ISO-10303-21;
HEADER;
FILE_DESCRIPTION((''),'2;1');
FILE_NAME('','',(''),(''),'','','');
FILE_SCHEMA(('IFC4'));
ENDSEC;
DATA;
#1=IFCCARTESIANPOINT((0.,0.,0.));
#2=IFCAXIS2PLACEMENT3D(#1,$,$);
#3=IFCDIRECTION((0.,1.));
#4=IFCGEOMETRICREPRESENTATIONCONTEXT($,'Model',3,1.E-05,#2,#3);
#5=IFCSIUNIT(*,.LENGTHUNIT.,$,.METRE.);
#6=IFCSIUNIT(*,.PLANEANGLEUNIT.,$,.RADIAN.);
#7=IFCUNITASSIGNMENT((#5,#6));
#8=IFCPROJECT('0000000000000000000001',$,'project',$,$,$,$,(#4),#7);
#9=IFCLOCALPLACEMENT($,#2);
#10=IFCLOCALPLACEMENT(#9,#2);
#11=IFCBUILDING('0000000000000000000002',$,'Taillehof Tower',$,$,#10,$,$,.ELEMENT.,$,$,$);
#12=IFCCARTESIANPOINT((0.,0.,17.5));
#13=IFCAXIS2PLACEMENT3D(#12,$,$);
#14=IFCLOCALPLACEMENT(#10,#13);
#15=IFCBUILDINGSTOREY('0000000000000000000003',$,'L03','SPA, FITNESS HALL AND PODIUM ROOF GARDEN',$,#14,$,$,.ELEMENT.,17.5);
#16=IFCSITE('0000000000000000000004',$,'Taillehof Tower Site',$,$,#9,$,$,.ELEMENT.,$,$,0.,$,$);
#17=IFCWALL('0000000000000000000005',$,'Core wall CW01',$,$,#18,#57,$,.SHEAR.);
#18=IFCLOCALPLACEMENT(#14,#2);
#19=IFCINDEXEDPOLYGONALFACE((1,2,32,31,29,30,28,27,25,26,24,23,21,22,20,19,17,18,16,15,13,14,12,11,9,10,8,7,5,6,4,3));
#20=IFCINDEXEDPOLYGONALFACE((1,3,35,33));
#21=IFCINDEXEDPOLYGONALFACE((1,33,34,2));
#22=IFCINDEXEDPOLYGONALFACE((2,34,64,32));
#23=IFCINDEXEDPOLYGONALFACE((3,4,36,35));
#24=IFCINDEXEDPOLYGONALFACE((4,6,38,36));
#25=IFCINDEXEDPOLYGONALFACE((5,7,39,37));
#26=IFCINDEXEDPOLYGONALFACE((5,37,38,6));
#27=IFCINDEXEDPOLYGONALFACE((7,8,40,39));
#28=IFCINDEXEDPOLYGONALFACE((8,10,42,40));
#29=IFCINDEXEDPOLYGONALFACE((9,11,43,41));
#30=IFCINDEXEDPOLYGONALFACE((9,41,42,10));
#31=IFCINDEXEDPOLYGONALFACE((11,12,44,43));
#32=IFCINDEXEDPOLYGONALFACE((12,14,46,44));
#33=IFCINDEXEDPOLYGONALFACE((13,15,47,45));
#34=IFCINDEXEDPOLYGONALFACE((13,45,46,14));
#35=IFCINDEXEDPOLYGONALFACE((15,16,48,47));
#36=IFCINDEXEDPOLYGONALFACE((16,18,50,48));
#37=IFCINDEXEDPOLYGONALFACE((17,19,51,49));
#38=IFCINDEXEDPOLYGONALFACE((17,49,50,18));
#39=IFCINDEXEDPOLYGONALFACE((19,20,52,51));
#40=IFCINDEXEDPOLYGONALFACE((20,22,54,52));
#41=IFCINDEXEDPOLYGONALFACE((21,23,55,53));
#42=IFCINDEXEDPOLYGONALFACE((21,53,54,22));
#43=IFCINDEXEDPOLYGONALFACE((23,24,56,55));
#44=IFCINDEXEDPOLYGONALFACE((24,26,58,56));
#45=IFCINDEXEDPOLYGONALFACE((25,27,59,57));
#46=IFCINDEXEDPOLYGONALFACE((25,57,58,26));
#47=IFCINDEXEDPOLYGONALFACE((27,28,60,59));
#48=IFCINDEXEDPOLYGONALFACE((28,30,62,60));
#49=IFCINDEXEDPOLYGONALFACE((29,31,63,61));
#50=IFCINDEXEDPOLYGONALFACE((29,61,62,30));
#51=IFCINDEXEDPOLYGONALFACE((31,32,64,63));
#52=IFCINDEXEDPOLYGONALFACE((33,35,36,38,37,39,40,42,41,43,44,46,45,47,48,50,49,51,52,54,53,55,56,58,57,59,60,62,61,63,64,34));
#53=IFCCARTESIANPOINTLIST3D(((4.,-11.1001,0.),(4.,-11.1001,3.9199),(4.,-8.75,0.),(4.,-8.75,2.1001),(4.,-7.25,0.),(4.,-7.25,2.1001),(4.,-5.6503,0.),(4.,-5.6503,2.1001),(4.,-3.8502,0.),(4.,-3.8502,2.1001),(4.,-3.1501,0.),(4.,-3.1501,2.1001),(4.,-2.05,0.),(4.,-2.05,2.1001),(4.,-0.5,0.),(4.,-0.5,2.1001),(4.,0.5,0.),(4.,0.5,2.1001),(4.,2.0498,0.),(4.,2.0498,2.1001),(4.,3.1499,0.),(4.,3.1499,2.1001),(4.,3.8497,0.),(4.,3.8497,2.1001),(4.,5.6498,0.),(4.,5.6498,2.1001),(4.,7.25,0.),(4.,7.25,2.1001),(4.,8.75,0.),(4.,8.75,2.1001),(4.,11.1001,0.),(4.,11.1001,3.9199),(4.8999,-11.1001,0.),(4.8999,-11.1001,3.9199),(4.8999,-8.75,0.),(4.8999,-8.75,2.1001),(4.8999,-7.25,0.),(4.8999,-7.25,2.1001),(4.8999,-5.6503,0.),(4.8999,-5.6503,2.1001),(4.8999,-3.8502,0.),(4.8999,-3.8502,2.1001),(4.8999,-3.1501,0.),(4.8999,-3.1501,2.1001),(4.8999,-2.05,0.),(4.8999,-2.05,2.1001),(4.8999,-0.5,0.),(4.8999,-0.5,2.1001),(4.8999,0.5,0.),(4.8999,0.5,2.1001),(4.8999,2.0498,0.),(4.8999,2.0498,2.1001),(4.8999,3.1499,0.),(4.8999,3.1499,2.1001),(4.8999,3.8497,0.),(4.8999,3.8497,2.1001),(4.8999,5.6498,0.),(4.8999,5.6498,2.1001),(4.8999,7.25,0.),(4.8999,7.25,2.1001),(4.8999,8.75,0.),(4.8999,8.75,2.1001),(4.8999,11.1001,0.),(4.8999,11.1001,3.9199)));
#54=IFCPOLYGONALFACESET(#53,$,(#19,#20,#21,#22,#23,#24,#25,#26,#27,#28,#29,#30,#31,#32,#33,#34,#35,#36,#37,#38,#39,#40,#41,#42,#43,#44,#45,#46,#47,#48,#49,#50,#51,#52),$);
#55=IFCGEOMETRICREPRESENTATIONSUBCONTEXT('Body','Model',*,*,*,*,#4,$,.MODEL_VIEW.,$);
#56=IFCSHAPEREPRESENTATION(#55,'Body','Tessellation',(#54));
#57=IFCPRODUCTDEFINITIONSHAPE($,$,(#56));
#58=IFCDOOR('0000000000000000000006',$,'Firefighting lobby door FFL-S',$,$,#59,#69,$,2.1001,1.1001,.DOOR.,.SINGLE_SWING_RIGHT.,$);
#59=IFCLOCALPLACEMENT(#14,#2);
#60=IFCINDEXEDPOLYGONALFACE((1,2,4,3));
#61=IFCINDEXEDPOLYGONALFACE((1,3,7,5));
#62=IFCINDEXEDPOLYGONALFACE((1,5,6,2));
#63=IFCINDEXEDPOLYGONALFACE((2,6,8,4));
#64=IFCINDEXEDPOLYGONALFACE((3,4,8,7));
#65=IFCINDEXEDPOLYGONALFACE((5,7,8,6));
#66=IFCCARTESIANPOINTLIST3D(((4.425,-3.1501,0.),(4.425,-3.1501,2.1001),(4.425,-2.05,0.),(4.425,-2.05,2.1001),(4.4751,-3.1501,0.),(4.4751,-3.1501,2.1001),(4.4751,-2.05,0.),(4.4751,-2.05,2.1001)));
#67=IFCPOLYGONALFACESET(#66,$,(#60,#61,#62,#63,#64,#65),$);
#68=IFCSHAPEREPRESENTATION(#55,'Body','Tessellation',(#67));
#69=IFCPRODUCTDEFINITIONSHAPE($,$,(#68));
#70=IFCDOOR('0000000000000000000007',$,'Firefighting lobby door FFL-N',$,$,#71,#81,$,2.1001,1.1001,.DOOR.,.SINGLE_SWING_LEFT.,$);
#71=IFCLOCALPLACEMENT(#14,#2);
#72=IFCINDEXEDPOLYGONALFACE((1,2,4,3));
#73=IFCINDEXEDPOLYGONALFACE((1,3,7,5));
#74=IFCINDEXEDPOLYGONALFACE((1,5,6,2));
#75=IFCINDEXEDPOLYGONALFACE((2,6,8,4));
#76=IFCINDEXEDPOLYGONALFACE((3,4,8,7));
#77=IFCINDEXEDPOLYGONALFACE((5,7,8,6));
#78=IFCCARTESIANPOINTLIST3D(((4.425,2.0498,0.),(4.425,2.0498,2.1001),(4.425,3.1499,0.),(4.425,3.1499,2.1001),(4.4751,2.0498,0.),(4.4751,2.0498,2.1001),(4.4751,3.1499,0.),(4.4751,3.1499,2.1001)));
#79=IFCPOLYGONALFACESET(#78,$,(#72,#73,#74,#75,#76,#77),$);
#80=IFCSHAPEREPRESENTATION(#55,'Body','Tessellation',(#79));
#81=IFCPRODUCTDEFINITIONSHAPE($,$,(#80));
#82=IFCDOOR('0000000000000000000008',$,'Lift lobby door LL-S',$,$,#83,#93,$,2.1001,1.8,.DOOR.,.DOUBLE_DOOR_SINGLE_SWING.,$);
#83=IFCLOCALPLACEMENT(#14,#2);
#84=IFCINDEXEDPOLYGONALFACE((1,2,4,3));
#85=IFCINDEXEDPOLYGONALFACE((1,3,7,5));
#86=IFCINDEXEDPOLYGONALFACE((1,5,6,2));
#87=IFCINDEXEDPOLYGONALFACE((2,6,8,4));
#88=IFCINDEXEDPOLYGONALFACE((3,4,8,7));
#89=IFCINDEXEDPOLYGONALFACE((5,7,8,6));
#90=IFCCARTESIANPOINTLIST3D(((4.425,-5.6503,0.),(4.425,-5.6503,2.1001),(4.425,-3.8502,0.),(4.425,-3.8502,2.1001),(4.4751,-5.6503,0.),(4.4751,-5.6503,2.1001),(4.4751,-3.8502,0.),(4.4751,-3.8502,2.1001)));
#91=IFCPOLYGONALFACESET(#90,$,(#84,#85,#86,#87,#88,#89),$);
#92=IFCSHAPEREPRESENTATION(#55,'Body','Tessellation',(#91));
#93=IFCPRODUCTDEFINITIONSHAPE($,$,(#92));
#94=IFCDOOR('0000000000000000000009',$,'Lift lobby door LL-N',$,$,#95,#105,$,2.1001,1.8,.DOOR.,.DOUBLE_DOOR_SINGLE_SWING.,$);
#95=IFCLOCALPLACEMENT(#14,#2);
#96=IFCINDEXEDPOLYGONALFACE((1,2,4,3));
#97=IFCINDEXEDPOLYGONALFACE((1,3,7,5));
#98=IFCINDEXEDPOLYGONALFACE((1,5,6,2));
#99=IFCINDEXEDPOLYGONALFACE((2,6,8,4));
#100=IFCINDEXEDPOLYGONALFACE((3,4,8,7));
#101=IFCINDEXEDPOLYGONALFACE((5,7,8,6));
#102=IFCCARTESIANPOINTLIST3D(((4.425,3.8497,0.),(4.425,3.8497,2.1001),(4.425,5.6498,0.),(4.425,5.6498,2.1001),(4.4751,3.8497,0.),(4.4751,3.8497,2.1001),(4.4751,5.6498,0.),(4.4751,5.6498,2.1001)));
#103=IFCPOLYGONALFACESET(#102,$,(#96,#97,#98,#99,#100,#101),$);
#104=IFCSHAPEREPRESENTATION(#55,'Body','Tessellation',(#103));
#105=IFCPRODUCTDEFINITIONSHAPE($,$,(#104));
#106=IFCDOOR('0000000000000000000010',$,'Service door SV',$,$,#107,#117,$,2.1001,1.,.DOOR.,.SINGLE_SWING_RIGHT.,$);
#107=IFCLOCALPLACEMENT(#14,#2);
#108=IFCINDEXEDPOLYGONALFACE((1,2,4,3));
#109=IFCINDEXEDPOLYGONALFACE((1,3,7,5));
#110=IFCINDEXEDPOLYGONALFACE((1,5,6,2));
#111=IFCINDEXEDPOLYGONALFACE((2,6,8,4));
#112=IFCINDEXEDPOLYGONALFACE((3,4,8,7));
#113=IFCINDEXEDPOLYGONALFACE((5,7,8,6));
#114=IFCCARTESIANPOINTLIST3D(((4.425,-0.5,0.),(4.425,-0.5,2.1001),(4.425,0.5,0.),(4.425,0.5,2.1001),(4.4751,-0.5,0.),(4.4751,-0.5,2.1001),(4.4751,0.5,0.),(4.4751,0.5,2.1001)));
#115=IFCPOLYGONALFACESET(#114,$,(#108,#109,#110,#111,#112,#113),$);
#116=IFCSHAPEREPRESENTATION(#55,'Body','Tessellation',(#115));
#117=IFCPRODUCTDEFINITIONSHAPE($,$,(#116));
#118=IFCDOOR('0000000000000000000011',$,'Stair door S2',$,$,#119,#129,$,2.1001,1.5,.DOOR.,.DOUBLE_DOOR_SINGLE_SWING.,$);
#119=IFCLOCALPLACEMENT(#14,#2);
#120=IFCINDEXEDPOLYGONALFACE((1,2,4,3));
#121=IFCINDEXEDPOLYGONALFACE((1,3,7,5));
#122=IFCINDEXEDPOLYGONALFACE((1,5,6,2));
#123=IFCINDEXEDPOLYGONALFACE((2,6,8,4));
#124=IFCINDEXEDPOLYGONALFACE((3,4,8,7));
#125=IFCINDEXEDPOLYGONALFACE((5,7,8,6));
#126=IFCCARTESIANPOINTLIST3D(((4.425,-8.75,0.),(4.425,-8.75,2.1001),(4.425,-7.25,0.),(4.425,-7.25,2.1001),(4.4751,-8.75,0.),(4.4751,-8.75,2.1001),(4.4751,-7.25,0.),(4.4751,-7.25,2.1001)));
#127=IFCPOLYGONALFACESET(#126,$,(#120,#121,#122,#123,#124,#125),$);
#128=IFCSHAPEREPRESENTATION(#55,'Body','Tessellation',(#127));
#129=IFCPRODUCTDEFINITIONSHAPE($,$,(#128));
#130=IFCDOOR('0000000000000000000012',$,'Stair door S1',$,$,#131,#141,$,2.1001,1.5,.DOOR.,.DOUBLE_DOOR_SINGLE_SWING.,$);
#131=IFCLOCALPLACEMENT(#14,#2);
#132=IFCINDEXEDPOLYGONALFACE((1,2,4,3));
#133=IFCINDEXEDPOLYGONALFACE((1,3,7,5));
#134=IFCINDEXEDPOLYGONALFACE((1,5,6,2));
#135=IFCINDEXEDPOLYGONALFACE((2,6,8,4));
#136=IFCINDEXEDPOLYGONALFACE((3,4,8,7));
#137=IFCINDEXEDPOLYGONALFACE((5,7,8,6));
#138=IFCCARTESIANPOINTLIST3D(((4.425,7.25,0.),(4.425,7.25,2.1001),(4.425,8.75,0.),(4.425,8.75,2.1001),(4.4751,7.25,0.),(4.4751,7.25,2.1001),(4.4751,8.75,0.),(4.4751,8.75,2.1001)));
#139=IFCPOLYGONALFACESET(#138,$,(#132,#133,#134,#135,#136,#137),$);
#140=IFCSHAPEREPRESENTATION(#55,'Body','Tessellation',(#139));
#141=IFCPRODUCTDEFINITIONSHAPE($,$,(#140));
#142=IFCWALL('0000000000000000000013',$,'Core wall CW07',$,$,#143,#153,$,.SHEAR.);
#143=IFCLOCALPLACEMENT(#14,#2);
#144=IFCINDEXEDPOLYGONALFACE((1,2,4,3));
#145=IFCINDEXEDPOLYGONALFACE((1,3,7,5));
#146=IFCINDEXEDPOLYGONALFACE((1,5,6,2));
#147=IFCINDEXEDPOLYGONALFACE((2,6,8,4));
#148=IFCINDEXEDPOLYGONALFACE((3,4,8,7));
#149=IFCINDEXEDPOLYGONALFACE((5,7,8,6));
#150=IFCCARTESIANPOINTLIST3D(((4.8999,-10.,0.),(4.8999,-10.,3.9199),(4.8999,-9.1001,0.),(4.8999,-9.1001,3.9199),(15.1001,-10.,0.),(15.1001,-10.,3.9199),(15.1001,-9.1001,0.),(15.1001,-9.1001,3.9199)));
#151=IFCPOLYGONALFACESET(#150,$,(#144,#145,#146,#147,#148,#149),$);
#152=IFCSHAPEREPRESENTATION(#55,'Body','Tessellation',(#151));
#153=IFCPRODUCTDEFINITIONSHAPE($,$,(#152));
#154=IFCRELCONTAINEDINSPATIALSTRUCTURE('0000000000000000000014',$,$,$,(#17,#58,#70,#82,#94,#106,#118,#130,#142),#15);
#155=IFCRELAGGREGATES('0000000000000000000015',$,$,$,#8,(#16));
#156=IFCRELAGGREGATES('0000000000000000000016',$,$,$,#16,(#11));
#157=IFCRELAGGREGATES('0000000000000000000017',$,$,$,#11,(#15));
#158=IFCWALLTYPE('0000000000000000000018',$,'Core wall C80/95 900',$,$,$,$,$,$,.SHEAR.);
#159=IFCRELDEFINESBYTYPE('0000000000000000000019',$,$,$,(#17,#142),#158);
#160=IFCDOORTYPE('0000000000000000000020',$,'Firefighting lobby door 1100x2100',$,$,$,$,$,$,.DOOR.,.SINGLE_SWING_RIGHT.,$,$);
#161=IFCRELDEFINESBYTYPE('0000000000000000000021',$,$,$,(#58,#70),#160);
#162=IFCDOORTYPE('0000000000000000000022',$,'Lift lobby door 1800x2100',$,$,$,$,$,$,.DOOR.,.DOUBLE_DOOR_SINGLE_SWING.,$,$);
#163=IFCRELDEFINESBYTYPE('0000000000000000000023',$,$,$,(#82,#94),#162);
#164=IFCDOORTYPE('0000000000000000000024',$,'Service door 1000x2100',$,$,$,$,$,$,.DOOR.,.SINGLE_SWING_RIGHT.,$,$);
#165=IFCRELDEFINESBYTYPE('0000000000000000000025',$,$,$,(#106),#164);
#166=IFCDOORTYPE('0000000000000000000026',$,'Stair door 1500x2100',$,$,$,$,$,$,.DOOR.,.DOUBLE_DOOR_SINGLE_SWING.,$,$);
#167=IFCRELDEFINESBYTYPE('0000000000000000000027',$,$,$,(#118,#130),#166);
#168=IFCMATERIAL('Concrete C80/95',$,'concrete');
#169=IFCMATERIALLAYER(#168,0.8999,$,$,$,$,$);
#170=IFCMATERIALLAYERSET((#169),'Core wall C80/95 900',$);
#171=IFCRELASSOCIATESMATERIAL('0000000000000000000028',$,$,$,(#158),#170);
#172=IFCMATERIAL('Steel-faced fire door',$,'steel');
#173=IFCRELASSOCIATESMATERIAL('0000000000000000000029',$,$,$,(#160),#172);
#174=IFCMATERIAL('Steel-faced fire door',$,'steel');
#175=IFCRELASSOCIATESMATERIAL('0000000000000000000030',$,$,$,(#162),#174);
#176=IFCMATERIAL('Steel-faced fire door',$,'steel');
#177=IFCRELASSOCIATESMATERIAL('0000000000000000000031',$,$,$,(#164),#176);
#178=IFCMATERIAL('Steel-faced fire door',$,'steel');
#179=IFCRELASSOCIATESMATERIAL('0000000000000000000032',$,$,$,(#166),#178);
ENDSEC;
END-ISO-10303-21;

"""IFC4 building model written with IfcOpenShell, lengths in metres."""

from ifc_helpers import new_model, si_unit, direction, frame, frame_2d, origin, place, context, subcontext, project, spatial, rectangle, extrude, material, layer, layer_set, type_object, element, fill, save


model = new_model("IFC4")

# Units and contexts
model_context = context("Model", 3, precision=1e-05, world=origin(), true_north=direction((0.0, 1.0)))
body_context = subcontext(model_context, "Body", "Model", "MODEL_VIEW")
ifc_project = project(units=[si_unit("LENGTHUNIT", "METRE"), si_unit("PLANEANGLEUNIT", "RADIAN")], contexts=[model_context])

# Site, building, storey
site_placement = place(None, origin())
site = spatial("IfcSite", under=ifc_project, at=site_placement, Name="Taillehof Tower Site", CompositionType="ELEMENT", RefElevation=0.0)
building_placement = place(site_placement, origin())
building = spatial("IfcBuilding", under=site, at=building_placement, Name="Taillehof Tower", CompositionType="ELEMENT")
storey_placement = place(building_placement, frame((0.0, 0.0, 17.5)))
storey = spatial("IfcBuildingStorey", under=building, at=storey_placement, Name="L03", Description="SPA, FITNESS HALL AND PODIUM ROOF GARDEN", CompositionType="ELEMENT", Elevation=17.5)

# Wall, openings, doors
ifc_material_1 = material(Name="Concrete C80/95", Category="concrete")
ifc_layer_1 = layer(ifc_material_1, 0.8999)
ifc_layer_set_1 = layer_set([ifc_layer_1], Name="Core wall C80/95 900")
wall_type_1 = type_object("IfcWallType", Name="Core wall C80/95 900", PredefinedType="SHEAR", material=ifc_layer_set_1)
wall_1_placement = place(storey_placement, frame((4.45, -11.1001, 0.0), z_axis=(0.0, 0.0, 1.0), x_axis=(0.0, 1.0, 0.0)))
wall_1 = element("IfcWall", 1, at=wall_1_placement, inside=storey, type_object=wall_type_1, Name="Core wall CW01", PredefinedType="SHEAR", context=body_context, shape_type="SweptSolid", body=[
    extrude(rectangle(XDim=22.2002, YDim=0.8999, at=frame_2d((11.1001, 0.0))), origin(), (0.0, 0.0, 1.0), 3.9199),
])
opening_1_placement = place(wall_1_placement, frame((2.3501, 0.0, 0.0)))
opening_1 = element("IfcOpeningElement", 2, at=opening_1_placement, cuts=wall_1, PredefinedType="OPENING", context=body_context, shape_type="SweptSolid", body=[
    extrude(rectangle(XDim=1.5, YDim=2.1001, at=frame_2d((0.75, 1.05))), frame((0.0, 0.46, 0.0), z_axis=(0.0, -1.0, 0.0), x_axis=(1.0, 0.0, 0.0)), (0.0, 0.0, 1.0), 0.9199),
])
opening_2_placement = place(wall_1_placement, frame((5.45, 0.0, 0.0)))
opening_2 = element("IfcOpeningElement", 3, at=opening_2_placement, cuts=wall_1, PredefinedType="OPENING", context=body_context, shape_type="SweptSolid", body=[
    extrude(rectangle(XDim=1.8, YDim=2.1001, at=frame_2d((0.8999, 1.05))), frame((0.0, 0.46, 0.0), z_axis=(0.0, -1.0, 0.0), x_axis=(1.0, 0.0, 0.0)), (0.0, 0.0, 1.0), 0.9199),
])
opening_3_placement = place(wall_1_placement, frame((7.95, 0.0, 0.0)))
opening_3 = element("IfcOpeningElement", 4, at=opening_3_placement, cuts=wall_1, PredefinedType="OPENING", context=body_context, shape_type="SweptSolid", body=[
    extrude(rectangle(XDim=1.1001, YDim=2.1001, at=frame_2d((0.55, 1.05))), frame((0.0, 0.46, 0.0), z_axis=(0.0, -1.0, 0.0), x_axis=(1.0, 0.0, 0.0)), (0.0, 0.0, 1.0), 0.9199),
])
opening_4_placement = place(wall_1_placement, frame((10.6001, 0.0, 0.0)))
opening_4 = element("IfcOpeningElement", 5, at=opening_4_placement, cuts=wall_1, PredefinedType="OPENING", context=body_context, shape_type="SweptSolid", body=[
    extrude(rectangle(XDim=1.0, YDim=2.1001, at=frame_2d((0.5, 1.05))), frame((0.0, 0.46, 0.0), z_axis=(0.0, -1.0, 0.0), x_axis=(1.0, 0.0, 0.0)), (0.0, 0.0, 1.0), 0.9199),
])
opening_5_placement = place(wall_1_placement, frame((13.1499, 0.0, 0.0)))
opening_5 = element("IfcOpeningElement", 6, at=opening_5_placement, cuts=wall_1, PredefinedType="OPENING", context=body_context, shape_type="SweptSolid", body=[
    extrude(rectangle(XDim=1.1001, YDim=2.1001, at=frame_2d((0.55, 1.05))), frame((0.0, 0.46, 0.0), z_axis=(0.0, -1.0, 0.0), x_axis=(1.0, 0.0, 0.0)), (0.0, 0.0, 1.0), 0.9199),
])
opening_6_placement = place(wall_1_placement, frame((14.95, 0.0, 0.0)))
opening_6 = element("IfcOpeningElement", 7, at=opening_6_placement, cuts=wall_1, PredefinedType="OPENING", context=body_context, shape_type="SweptSolid", body=[
    extrude(rectangle(XDim=1.8, YDim=2.1001, at=frame_2d((0.8999, 1.05))), frame((0.0, 0.46, 0.0), z_axis=(0.0, -1.0, 0.0), x_axis=(1.0, 0.0, 0.0)), (0.0, 0.0, 1.0), 0.9199),
])
opening_7_placement = place(wall_1_placement, frame((18.3501, 0.0, 0.0)))
opening_7 = element("IfcOpeningElement", 8, at=opening_7_placement, cuts=wall_1, PredefinedType="OPENING", context=body_context, shape_type="SweptSolid", body=[
    extrude(rectangle(XDim=1.5, YDim=2.1001, at=frame_2d((0.75, 1.05))), frame((0.0, 0.46, 0.0), z_axis=(0.0, -1.0, 0.0), x_axis=(1.0, 0.0, 0.0)), (0.0, 0.0, 1.0), 0.9199),
])
ifc_material_2 = material(Name="Steel-faced fire door", Category="steel")
door_type_1 = type_object("IfcDoorType", Name="Firefighting lobby door 1100x2100", OperationType="SINGLE_SWING_RIGHT", PredefinedType="DOOR", material=ifc_material_2)
door_1_placement = place(opening_3_placement, origin())
door_1 = element("IfcDoor", 9, at=door_1_placement, inside=storey, type_object=door_type_1, Name="Firefighting lobby door FFL-S", OperationType="SINGLE_SWING_RIGHT", OverallHeight=2.1001, OverallWidth=1.1001, PredefinedType="DOOR", context=body_context, shape_type="SweptSolid", body=[
    extrude(rectangle(XDim=1.1001, YDim=2.1001, at=frame_2d((0.55, 1.05))), frame((0.0, 0.0249, 0.0), z_axis=(0.0, -1.0, 0.0), x_axis=(1.0, 0.0, 0.0)), (0.0, 0.0, 1.0), 0.05),
])
fill(opening_3, door_1)
door_2_placement = place(opening_5_placement, origin())
door_2 = element("IfcDoor", 10, at=door_2_placement, inside=storey, type_object=door_type_1, Name="Firefighting lobby door FFL-N", OperationType="SINGLE_SWING_LEFT", OverallHeight=2.1001, OverallWidth=1.1001, PredefinedType="DOOR", context=body_context, shape_type="SweptSolid", body=[
    extrude(rectangle(XDim=1.1001, YDim=2.1001, at=frame_2d((0.55, 1.05))), frame((0.0, 0.0249, 0.0), z_axis=(0.0, -1.0, 0.0), x_axis=(1.0, 0.0, 0.0)), (0.0, 0.0, 1.0), 0.05),
])
fill(opening_5, door_2)
ifc_material_3 = material(Name="Steel-faced fire door", Category="steel")
door_type_2 = type_object("IfcDoorType", Name="Lift lobby door 1800x2100", OperationType="DOUBLE_DOOR_SINGLE_SWING", PredefinedType="DOOR", material=ifc_material_3)
door_3_placement = place(opening_2_placement, origin())
door_3 = element("IfcDoor", 11, at=door_3_placement, inside=storey, type_object=door_type_2, Name="Lift lobby door LL-S", OperationType="DOUBLE_DOOR_SINGLE_SWING", OverallHeight=2.1001, OverallWidth=1.8, PredefinedType="DOOR", context=body_context, shape_type="SweptSolid", body=[
    extrude(rectangle(XDim=1.8, YDim=2.1001, at=frame_2d((0.8999, 1.05))), frame((0.0, 0.0249, 0.0), z_axis=(0.0, -1.0, 0.0), x_axis=(1.0, 0.0, 0.0)), (0.0, 0.0, 1.0), 0.05),
])
fill(opening_2, door_3)
door_4_placement = place(opening_6_placement, origin())
door_4 = element("IfcDoor", 12, at=door_4_placement, inside=storey, type_object=door_type_2, Name="Lift lobby door LL-N", OperationType="DOUBLE_DOOR_SINGLE_SWING", OverallHeight=2.1001, OverallWidth=1.8, PredefinedType="DOOR", context=body_context, shape_type="SweptSolid", body=[
    extrude(rectangle(XDim=1.8, YDim=2.1001, at=frame_2d((0.8999, 1.05))), frame((0.0, 0.0249, 0.0), z_axis=(0.0, -1.0, 0.0), x_axis=(1.0, 0.0, 0.0)), (0.0, 0.0, 1.0), 0.05),
])
fill(opening_6, door_4)
ifc_material_4 = material(Name="Steel-faced fire door", Category="steel")
door_type_3 = type_object("IfcDoorType", Name="Service door 1000x2100", OperationType="SINGLE_SWING_RIGHT", PredefinedType="DOOR", material=ifc_material_4)
door_5_placement = place(opening_4_placement, origin())
door_5 = element("IfcDoor", 13, at=door_5_placement, inside=storey, type_object=door_type_3, Name="Service door SV", OperationType="SINGLE_SWING_RIGHT", OverallHeight=2.1001, OverallWidth=1.0, PredefinedType="DOOR", context=body_context, shape_type="SweptSolid", body=[
    extrude(rectangle(XDim=1.0, YDim=2.1001, at=frame_2d((0.5, 1.05))), frame((0.0, 0.0249, 0.0), z_axis=(0.0, -1.0, 0.0), x_axis=(1.0, 0.0, 0.0)), (0.0, 0.0, 1.0), 0.05),
])
fill(opening_4, door_5)
ifc_material_5 = material(Name="Steel-faced fire door", Category="steel")
door_type_4 = type_object("IfcDoorType", Name="Stair door 1500x2100", OperationType="DOUBLE_DOOR_SINGLE_SWING", PredefinedType="DOOR", material=ifc_material_5)
door_6_placement = place(opening_1_placement, origin())
door_6 = element("IfcDoor", 14, at=door_6_placement, inside=storey, type_object=door_type_4, Name="Stair door S2", OperationType="DOUBLE_DOOR_SINGLE_SWING", OverallHeight=2.1001, OverallWidth=1.5, PredefinedType="DOOR", context=body_context, shape_type="SweptSolid", body=[
    extrude(rectangle(XDim=1.5, YDim=2.1001, at=frame_2d((0.75, 1.05))), frame((0.0, 0.0249, 0.0), z_axis=(0.0, -1.0, 0.0), x_axis=(1.0, 0.0, 0.0)), (0.0, 0.0, 1.0), 0.05),
])
fill(opening_1, door_6)
door_7_placement = place(opening_7_placement, origin())
door_7 = element("IfcDoor", 15, at=door_7_placement, inside=storey, type_object=door_type_4, Name="Stair door S1", OperationType="DOUBLE_DOOR_SINGLE_SWING", OverallHeight=2.1001, OverallWidth=1.5, PredefinedType="DOOR", context=body_context, shape_type="SweptSolid", body=[
    extrude(rectangle(XDim=1.5, YDim=2.1001, at=frame_2d((0.75, 1.05))), frame((0.0, 0.0249, 0.0), z_axis=(0.0, -1.0, 0.0), x_axis=(1.0, 0.0, 0.0)), (0.0, 0.0, 1.0), 0.05),
])
fill(opening_7, door_7)

# Wall
wall_2_placement = place(storey_placement, frame((4.8999, -9.55, 0.0), z_axis=(0.0, 0.0, 1.0), x_axis=(1.0, 0.0, 0.0)))
element("IfcWall", 16, at=wall_2_placement, inside=storey, type_object=wall_type_1, Name="Core wall CW07", PredefinedType="SHEAR", context=body_context, shape_type="SweptSolid", body=[
    extrude(rectangle(XDim=10.2002, YDim=0.8999, at=frame_2d((5.1001, 0.0))), origin(), (0.0, 0.0, 1.0), 3.9199),
])

save(model, "model.ifc")
